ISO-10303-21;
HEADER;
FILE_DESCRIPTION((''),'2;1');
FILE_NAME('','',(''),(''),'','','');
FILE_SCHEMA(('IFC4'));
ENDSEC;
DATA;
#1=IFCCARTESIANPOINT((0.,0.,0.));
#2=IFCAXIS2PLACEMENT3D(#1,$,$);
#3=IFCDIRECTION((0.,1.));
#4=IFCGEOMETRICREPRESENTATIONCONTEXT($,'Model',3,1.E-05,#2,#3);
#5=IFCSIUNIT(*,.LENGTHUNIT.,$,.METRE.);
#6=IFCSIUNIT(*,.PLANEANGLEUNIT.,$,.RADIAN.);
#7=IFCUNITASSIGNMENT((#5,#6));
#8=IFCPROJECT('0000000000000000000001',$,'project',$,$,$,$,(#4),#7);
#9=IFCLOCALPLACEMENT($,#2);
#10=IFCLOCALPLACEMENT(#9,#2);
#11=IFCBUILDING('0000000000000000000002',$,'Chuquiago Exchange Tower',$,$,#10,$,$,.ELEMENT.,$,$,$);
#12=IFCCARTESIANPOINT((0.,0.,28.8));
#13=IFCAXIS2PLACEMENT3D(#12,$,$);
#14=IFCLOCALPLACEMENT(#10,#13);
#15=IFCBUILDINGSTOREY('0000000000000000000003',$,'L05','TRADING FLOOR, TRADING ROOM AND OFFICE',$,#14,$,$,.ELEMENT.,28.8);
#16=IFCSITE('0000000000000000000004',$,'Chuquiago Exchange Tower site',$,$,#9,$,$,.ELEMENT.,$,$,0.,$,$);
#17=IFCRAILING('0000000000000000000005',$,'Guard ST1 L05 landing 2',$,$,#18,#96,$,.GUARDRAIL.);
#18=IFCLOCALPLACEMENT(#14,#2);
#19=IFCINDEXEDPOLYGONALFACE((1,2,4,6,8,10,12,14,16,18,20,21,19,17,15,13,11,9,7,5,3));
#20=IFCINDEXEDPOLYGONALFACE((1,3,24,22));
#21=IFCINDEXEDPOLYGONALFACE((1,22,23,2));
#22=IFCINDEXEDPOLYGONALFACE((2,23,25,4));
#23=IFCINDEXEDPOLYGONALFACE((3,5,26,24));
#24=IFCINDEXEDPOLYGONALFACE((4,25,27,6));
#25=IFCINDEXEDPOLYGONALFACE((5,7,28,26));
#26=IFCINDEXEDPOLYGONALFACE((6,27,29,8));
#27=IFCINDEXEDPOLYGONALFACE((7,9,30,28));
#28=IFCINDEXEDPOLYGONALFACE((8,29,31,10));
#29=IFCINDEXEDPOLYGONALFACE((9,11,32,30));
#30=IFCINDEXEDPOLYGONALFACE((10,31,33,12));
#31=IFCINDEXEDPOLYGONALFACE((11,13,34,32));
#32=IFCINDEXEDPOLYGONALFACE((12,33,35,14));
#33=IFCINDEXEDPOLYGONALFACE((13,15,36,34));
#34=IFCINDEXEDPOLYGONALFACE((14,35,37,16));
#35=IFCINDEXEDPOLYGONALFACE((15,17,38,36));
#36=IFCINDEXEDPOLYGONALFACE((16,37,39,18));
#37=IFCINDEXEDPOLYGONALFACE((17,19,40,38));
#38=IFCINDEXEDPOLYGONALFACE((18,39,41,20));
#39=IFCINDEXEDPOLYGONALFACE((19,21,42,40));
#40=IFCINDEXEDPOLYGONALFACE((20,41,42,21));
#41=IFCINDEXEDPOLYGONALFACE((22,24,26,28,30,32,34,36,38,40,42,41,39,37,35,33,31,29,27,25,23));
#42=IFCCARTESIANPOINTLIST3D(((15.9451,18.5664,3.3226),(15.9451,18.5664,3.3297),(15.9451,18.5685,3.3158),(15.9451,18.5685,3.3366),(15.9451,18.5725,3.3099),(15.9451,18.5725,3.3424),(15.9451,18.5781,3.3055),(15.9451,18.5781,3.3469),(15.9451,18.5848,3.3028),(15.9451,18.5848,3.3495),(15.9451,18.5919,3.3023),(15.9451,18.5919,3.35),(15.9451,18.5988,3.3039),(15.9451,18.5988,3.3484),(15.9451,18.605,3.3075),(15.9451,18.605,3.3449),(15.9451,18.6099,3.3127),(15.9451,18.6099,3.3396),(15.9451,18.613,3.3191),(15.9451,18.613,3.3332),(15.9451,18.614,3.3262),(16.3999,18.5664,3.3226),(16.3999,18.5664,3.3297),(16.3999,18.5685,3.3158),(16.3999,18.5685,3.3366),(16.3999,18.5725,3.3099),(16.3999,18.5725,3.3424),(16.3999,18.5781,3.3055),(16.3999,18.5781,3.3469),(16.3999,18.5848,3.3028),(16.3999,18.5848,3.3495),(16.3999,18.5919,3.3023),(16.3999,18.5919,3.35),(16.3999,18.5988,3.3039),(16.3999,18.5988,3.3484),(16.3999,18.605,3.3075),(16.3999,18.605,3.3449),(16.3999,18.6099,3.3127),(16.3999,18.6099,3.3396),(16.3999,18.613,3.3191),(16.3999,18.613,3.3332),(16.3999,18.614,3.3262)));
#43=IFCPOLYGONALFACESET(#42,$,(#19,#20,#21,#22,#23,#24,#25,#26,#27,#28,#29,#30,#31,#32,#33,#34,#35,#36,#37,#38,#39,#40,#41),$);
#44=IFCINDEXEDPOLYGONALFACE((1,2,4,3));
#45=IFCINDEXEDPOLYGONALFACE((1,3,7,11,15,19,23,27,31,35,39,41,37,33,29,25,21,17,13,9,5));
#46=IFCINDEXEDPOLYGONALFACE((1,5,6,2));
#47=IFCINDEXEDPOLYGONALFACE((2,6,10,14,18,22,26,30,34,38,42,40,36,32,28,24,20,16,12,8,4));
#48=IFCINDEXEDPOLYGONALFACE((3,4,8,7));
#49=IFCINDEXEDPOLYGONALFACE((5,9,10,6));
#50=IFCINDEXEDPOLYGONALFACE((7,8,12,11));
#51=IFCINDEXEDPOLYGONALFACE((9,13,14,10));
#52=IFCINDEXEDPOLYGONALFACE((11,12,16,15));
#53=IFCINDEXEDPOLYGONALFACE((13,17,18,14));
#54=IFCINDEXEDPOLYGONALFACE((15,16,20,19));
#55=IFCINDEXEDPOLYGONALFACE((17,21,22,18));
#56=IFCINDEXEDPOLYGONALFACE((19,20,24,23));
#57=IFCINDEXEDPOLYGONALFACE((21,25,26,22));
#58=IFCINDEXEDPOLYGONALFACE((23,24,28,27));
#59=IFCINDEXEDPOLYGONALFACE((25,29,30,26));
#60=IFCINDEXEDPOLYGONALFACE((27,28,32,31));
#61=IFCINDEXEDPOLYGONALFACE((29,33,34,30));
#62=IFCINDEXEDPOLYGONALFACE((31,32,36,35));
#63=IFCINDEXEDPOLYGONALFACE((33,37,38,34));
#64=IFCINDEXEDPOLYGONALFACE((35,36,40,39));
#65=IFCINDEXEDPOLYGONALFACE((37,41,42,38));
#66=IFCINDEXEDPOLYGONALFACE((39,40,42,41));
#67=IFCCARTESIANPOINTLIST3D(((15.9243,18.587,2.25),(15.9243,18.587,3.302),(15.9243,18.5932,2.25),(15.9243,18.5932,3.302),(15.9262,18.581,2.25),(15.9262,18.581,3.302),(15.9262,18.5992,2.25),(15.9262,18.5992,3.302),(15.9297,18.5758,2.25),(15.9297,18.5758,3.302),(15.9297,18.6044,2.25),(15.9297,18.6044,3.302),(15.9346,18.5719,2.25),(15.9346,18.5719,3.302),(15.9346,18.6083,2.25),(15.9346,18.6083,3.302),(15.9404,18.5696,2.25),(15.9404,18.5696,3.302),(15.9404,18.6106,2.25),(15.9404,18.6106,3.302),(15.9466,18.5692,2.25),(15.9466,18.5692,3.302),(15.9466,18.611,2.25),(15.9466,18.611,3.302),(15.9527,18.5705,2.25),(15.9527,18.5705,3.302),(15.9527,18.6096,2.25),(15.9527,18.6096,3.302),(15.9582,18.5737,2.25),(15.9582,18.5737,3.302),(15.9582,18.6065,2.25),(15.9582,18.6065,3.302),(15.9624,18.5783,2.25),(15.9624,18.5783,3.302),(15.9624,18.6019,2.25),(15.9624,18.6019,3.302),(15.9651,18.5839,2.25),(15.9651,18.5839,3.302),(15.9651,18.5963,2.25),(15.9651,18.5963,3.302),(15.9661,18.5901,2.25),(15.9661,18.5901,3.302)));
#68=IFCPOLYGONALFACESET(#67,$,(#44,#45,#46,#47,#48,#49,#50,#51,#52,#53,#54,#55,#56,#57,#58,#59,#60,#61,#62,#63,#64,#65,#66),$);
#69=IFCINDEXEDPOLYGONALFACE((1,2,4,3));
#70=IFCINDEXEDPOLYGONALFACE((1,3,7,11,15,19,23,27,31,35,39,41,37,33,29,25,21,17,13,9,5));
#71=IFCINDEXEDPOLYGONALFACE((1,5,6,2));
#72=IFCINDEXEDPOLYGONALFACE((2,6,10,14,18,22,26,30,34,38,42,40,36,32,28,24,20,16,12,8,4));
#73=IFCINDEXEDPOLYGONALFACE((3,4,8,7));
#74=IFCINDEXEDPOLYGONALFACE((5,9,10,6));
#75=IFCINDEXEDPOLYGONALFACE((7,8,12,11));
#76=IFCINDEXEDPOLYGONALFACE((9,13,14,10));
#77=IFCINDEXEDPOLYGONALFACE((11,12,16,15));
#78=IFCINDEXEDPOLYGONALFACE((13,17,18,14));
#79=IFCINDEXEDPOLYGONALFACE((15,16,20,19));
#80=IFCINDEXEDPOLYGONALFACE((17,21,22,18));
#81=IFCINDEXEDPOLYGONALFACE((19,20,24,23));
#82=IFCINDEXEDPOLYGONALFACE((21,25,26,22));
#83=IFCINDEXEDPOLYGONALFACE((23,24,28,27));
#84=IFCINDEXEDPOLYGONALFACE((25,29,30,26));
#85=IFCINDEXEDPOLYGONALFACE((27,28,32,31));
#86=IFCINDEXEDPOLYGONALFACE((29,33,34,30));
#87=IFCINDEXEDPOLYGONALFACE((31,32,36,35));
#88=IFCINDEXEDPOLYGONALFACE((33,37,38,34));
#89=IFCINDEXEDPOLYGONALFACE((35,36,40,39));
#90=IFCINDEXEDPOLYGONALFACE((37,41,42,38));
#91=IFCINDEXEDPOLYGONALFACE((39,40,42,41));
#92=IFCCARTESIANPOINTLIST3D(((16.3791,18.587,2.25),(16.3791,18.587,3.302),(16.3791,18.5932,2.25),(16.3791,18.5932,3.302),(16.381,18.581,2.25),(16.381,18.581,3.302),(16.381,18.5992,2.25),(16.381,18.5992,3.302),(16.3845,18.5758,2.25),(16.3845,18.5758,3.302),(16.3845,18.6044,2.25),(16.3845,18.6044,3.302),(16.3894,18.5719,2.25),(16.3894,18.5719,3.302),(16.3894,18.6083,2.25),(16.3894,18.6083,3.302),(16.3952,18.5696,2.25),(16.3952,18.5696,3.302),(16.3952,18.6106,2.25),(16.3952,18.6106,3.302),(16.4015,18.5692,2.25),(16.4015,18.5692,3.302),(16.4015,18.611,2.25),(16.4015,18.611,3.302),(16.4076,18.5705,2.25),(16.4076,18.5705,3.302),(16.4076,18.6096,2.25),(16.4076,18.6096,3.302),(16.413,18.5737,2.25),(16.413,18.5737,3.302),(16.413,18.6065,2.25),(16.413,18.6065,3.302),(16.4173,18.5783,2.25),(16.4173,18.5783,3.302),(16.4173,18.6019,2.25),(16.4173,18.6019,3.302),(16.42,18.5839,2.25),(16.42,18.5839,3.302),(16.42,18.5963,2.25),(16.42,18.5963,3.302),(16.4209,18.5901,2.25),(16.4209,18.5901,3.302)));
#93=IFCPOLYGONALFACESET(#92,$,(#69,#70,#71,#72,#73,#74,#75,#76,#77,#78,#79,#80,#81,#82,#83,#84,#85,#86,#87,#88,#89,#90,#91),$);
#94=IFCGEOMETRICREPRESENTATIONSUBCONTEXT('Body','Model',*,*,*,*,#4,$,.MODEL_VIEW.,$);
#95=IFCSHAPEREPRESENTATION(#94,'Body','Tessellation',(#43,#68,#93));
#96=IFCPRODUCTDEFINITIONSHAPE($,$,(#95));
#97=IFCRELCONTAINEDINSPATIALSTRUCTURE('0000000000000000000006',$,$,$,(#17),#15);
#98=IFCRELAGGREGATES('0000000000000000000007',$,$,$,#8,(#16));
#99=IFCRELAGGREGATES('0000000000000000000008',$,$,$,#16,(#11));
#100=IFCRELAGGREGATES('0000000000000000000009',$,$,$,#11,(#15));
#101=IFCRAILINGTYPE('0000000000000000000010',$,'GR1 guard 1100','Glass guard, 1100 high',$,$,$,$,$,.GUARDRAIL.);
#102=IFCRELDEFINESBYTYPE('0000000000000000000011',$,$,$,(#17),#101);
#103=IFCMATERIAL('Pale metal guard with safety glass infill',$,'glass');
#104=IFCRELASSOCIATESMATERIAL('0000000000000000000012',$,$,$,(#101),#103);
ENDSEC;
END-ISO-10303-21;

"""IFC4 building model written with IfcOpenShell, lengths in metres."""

from ifc_helpers import new_model, si_unit, direction, frame, origin, origin_2d, place, context, subcontext, project, spatial, circle, extrude, material, type_object, element, save


model = new_model("IFC4")

# Units and contexts
model_context = context("Model", 3, precision=1e-05, world=origin(), true_north=direction((0.0, 1.0)))
body_context = subcontext(model_context, "Body", "Model", "MODEL_VIEW")
ifc_project = project(units=[si_unit("LENGTHUNIT", "METRE"), si_unit("PLANEANGLEUNIT", "RADIAN")], contexts=[model_context])

# Site, building, storey
site_placement = place(None, origin())
site = spatial("IfcSite", under=ifc_project, at=site_placement, Name="Chuquiago Exchange Tower site", CompositionType="ELEMENT", RefElevation=0.0)
building_placement = place(site_placement, origin())
building = spatial("IfcBuilding", under=site, at=building_placement, Name="Chuquiago Exchange Tower", CompositionType="ELEMENT")
storey_placement = place(building_placement, frame((0.0, 0.0, 28.8)))
storey = spatial("IfcBuildingStorey", under=building, at=storey_placement, Name="L05", Description="TRADING FLOOR, TRADING ROOM AND OFFICE", CompositionType="ELEMENT", Elevation=28.8)

# Railing
ifc_material_1 = material(Name="Pale metal guard with safety glass infill", Category="glass")
railing_type_1 = type_object("IfcRailingType", Name="GR1 guard 1100", Description="Glass guard, 1100 high", PredefinedType="GUARDRAIL", material=ifc_material_1)
for number, where, name in (
    (1, (15.9451, 18.5901, 2.25), "Guard ST1 L05 landing 2"),
):
    element("IfcRailing", number, at=place(storey_placement, frame(where)), inside=storey, type_object=railing_type_1, Name=name, PredefinedType="GUARDRAIL", context=body_context, shape_type="SweptSolid", body=[
        extrude(circle(Radius=0.0239, at=origin_2d()), frame((0.0, 0.0, 1.0762), z_axis=(1.0, 0.0, 0.0), x_axis=(0.0, 1.0, 0.0)), (0.0, 0.0, 1.0), 0.4548),
        extrude(circle(Radius=0.021, at=origin_2d()), origin(), (0.0, 0.0, 1.0), 1.052),
        extrude(circle(Radius=0.021, at=origin_2d()), frame((0.4548, 0.0, 0.0)), (0.0, 0.0, 1.0), 1.052),
    ])

save(model, "model.ifc")
